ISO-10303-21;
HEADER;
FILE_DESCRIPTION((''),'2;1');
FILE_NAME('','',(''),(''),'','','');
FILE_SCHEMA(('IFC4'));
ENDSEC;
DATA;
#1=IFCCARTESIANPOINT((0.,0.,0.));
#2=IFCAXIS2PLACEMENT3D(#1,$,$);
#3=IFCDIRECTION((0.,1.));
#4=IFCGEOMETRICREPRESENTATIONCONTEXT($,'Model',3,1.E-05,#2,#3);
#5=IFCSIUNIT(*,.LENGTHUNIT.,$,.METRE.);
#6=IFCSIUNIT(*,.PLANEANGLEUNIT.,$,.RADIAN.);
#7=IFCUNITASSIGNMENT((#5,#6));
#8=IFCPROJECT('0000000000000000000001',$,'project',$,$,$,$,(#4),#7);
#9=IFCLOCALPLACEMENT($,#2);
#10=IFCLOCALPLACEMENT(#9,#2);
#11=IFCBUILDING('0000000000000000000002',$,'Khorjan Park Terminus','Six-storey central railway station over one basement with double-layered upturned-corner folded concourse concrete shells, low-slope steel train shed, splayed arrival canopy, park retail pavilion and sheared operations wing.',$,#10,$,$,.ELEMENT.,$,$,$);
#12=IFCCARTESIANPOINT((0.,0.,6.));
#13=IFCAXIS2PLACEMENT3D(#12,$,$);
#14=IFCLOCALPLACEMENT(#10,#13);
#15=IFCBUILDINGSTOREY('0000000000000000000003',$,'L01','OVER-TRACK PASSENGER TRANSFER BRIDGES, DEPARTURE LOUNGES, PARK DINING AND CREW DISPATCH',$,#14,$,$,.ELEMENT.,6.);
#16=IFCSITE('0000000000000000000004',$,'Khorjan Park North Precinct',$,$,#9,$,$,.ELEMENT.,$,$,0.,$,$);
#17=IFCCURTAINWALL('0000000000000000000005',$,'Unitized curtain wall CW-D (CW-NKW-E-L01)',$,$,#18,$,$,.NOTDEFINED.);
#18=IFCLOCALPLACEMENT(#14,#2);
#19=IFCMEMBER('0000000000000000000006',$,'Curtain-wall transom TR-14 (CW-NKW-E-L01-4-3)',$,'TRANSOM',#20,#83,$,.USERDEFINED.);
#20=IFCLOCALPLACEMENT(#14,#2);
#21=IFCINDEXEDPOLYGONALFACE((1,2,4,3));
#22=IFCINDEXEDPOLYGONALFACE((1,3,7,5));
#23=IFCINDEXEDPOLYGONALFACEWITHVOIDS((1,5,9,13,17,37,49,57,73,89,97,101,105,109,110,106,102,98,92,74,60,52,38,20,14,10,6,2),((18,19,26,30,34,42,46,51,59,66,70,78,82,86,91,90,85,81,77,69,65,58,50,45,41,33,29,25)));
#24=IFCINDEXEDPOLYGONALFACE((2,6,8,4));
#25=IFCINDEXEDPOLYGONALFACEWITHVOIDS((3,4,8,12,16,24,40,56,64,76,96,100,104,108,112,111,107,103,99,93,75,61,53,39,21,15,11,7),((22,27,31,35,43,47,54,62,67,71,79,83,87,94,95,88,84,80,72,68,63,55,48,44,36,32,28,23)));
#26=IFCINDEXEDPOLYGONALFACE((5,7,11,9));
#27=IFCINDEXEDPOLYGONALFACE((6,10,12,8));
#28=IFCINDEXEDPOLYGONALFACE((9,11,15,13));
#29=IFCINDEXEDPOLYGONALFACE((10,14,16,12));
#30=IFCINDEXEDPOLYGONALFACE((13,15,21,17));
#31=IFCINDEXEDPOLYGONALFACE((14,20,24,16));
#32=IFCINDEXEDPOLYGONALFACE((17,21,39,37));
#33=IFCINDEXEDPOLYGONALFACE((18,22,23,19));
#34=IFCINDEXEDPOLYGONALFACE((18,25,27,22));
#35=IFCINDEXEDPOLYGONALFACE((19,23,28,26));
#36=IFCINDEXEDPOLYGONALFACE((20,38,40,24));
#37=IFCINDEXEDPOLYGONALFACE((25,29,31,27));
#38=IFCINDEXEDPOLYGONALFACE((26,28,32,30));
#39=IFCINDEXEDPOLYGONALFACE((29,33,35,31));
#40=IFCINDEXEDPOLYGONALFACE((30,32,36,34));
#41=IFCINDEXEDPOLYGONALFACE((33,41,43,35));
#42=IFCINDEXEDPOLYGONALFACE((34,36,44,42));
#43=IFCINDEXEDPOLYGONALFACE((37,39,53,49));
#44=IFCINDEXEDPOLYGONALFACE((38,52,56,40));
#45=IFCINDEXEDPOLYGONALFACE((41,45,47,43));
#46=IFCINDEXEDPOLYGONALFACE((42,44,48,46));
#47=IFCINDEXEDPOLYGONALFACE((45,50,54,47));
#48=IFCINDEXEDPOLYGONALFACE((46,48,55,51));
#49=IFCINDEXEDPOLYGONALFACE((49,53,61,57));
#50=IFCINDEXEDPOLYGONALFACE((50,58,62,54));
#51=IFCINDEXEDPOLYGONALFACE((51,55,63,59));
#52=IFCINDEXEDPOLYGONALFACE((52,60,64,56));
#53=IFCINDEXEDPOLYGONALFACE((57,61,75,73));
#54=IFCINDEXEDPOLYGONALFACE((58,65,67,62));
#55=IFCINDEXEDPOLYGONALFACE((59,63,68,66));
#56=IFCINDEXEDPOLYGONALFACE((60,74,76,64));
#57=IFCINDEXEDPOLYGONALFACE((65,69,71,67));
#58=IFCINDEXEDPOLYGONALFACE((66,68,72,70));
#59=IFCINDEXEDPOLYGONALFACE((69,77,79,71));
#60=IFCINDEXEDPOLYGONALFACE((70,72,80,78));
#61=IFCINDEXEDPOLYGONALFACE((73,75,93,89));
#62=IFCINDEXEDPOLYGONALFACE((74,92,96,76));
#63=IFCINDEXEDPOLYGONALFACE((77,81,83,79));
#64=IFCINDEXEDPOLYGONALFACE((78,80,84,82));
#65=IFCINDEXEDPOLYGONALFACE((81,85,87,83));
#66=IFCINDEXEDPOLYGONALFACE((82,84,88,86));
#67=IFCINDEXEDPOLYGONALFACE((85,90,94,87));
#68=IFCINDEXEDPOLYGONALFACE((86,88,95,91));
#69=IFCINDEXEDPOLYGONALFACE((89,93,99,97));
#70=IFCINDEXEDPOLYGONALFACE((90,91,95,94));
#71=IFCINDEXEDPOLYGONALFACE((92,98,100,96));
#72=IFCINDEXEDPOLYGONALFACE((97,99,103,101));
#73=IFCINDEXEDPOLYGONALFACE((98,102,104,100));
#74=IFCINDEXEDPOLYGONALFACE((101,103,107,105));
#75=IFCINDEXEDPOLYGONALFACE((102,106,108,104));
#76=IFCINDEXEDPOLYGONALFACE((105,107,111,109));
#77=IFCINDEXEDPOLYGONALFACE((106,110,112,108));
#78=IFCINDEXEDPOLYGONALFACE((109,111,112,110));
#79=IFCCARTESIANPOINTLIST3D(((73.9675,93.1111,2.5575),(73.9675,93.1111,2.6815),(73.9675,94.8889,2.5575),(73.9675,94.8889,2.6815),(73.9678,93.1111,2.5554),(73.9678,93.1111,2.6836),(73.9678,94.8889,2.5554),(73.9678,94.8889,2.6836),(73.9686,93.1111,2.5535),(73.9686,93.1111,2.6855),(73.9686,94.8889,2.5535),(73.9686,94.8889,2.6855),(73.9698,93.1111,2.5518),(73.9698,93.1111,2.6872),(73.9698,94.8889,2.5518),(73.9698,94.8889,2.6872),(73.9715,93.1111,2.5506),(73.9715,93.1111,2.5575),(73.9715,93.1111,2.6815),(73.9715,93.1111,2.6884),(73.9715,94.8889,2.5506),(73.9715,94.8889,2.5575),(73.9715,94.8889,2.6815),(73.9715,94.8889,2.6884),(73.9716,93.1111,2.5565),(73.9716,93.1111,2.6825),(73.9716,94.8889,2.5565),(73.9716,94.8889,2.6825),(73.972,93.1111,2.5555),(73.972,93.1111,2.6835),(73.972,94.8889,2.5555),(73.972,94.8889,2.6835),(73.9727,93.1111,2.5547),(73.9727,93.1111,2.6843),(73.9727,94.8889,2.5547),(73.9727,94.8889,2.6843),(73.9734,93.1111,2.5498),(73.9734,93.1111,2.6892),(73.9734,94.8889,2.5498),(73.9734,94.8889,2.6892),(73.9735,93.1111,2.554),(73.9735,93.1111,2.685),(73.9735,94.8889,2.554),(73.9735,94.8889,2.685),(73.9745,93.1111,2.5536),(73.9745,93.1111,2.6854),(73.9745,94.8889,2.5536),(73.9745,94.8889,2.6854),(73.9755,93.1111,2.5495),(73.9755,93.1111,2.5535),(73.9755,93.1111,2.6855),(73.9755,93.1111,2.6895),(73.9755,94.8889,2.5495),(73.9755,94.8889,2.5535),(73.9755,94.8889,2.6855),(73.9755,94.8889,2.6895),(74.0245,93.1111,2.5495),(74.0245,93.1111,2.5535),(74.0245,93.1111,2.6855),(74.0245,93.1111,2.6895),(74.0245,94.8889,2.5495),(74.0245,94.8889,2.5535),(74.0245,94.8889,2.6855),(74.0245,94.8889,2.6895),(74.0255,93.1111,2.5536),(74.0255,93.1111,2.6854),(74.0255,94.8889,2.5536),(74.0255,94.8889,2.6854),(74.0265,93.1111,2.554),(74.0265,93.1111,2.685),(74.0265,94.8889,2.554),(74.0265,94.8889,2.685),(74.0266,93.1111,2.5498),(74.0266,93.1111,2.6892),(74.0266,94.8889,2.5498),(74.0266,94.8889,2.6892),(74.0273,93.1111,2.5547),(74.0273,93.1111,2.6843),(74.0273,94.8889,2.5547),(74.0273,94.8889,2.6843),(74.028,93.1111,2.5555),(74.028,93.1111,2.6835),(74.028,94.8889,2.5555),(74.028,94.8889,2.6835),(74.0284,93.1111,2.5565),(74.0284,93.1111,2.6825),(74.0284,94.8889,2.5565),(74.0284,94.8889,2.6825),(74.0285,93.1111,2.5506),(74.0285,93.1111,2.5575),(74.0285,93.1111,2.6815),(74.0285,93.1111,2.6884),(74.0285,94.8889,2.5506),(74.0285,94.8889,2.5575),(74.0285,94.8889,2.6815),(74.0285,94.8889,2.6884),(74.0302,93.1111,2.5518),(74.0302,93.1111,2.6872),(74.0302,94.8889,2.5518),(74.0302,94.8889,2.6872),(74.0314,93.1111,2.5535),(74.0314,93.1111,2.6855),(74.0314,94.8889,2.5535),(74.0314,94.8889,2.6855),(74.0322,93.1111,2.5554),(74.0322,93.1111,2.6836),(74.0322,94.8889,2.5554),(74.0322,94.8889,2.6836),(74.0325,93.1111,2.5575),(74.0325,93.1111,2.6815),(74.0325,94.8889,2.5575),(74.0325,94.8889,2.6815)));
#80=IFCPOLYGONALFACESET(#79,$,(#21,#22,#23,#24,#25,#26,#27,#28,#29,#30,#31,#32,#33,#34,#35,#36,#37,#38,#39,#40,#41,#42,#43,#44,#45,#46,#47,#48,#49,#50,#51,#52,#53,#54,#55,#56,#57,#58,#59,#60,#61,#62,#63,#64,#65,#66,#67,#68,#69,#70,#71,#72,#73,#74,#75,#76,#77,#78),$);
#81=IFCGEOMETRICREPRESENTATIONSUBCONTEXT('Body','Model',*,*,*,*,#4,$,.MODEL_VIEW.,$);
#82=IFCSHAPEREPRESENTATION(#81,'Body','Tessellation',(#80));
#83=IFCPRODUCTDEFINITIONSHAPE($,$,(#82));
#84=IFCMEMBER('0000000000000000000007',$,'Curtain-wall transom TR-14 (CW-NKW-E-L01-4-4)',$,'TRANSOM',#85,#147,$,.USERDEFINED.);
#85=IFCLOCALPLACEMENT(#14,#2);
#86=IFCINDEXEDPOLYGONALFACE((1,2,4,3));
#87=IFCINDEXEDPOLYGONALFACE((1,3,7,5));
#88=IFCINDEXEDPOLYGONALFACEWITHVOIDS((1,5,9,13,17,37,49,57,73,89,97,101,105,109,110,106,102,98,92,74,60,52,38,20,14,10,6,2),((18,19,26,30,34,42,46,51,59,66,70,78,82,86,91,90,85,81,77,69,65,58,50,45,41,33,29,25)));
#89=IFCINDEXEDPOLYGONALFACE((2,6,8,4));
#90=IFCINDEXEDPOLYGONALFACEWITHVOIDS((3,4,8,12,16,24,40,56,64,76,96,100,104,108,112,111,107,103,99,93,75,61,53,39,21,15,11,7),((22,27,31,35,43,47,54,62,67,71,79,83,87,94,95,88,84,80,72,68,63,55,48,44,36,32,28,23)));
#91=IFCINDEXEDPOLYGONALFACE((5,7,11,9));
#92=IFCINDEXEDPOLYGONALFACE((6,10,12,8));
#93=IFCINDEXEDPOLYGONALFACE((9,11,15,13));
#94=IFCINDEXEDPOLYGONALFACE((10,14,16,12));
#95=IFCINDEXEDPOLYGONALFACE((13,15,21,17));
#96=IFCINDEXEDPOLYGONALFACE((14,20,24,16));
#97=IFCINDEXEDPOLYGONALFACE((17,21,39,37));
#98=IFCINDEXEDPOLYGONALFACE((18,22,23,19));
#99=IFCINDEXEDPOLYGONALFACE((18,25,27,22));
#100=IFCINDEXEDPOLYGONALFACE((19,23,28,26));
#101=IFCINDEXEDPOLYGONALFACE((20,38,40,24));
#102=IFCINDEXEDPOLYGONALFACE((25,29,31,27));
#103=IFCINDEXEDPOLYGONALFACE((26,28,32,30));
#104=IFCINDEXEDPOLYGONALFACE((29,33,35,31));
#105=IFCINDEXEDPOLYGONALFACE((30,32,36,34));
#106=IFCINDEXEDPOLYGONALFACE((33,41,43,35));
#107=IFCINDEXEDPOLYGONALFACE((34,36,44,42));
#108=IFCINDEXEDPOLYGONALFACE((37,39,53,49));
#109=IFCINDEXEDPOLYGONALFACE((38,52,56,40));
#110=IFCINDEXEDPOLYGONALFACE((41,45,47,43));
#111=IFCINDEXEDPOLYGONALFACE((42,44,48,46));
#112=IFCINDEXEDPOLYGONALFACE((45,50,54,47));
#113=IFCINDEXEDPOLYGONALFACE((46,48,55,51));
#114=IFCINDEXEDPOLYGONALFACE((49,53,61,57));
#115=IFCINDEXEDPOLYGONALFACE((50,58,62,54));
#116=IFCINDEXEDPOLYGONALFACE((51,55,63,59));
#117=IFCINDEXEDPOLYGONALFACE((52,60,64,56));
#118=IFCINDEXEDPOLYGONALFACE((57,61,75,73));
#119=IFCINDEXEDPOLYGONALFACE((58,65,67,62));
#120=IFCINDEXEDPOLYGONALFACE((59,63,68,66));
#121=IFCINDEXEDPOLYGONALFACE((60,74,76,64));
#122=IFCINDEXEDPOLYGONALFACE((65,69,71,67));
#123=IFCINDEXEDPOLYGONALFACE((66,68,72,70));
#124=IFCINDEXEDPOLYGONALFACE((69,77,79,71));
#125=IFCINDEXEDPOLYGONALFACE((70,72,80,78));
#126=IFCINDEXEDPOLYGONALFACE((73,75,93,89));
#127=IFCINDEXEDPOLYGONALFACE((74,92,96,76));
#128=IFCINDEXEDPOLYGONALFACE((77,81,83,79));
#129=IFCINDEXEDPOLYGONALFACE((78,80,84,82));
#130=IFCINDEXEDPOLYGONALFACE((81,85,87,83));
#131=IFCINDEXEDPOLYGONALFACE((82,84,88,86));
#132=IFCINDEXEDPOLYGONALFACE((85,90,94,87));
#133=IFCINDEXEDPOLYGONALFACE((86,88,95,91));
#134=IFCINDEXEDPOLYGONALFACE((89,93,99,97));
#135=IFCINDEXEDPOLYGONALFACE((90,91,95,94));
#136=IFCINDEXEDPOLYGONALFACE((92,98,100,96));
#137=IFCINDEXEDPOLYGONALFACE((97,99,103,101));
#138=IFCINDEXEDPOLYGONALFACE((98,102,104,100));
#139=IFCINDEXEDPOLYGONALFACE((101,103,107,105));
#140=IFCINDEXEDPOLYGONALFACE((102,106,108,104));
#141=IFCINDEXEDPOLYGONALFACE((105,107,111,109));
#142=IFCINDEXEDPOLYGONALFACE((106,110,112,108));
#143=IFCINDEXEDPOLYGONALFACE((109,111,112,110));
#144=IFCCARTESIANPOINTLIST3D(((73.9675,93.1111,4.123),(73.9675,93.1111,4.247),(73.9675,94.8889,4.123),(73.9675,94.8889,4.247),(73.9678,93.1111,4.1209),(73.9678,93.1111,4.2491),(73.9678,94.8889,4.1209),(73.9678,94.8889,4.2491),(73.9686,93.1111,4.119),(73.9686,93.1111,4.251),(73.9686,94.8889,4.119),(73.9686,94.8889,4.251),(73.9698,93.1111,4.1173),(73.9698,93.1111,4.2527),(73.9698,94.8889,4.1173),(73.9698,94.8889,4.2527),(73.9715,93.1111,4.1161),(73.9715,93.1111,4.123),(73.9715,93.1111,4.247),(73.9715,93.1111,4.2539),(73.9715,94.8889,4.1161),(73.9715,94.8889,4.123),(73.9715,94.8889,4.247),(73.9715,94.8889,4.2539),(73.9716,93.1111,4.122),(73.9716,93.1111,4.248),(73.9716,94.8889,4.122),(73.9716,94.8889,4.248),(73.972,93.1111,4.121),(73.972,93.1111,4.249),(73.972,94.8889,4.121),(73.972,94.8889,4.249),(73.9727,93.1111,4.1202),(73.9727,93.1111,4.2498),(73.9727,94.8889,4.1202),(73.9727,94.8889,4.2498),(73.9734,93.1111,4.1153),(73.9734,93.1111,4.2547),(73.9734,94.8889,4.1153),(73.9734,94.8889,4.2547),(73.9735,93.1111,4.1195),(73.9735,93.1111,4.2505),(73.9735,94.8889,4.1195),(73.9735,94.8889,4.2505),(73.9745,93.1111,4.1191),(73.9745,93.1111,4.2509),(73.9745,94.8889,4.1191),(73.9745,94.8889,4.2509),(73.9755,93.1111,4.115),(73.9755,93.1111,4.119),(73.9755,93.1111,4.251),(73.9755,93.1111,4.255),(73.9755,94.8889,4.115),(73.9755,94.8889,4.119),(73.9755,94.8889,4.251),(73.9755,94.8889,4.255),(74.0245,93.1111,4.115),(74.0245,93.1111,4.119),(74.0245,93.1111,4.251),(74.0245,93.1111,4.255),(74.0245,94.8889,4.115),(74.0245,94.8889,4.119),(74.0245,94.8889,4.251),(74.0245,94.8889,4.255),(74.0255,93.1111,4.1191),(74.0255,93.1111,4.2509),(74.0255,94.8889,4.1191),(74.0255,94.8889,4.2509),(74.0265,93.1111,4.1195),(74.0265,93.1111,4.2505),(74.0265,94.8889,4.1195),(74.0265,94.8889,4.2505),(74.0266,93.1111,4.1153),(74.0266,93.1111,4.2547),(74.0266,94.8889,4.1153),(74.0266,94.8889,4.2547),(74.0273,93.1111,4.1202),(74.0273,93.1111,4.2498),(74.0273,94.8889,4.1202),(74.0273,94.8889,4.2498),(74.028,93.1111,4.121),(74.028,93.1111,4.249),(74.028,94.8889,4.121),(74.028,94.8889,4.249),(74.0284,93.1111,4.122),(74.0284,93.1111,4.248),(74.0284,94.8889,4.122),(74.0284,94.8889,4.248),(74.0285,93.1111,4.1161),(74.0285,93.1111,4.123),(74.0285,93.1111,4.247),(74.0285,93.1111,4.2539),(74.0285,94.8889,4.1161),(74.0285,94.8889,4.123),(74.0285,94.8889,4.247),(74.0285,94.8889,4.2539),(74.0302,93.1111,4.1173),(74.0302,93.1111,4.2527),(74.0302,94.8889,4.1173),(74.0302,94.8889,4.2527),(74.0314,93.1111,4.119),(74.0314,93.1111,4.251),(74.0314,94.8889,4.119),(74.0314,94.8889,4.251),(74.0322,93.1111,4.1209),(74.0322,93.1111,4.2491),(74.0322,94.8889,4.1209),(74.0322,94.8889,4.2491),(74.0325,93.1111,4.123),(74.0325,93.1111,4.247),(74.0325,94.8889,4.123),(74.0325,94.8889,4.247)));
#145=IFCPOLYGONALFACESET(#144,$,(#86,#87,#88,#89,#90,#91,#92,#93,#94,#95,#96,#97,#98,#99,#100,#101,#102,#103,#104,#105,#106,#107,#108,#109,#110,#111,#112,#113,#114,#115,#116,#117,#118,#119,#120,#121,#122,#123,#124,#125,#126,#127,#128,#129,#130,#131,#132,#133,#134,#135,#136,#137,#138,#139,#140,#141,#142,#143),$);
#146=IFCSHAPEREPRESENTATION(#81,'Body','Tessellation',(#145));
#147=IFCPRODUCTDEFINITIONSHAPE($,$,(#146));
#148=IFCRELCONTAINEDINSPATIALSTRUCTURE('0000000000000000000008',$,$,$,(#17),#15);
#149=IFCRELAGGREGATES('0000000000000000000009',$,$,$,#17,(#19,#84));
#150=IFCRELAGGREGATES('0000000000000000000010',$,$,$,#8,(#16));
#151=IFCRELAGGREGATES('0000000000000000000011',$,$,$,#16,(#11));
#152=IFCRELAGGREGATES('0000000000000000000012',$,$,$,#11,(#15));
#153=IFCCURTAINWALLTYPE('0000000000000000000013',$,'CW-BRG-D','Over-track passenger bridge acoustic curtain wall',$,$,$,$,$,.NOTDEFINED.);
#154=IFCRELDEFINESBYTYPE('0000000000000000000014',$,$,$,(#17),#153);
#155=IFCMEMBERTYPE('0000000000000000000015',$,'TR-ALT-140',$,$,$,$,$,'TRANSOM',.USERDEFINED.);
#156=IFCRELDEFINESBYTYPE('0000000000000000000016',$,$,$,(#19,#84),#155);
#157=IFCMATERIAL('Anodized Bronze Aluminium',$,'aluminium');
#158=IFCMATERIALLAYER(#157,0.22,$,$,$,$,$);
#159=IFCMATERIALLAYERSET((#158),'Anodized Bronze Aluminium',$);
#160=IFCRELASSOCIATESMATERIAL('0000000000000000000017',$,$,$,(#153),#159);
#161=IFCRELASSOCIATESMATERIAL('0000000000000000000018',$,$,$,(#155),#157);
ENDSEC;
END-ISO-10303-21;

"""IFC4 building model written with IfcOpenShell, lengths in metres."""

from ifc_helpers import new_model, si_unit, direction, frame, origin, origin_2d, place, context, subcontext, project, spatial, hollow_rectangle, extrude, material, layer, layer_set, material_profile, profile_set, type_object, element, aggregate, save


model = new_model("IFC4")

# Units and contexts
model_context = context("Model", 3, precision=1e-05, world=origin(), true_north=direction((0.0, 1.0)))
body_context = subcontext(model_context, "Body", "Model", "MODEL_VIEW")
ifc_project = project(units=[si_unit("LENGTHUNIT", "METRE"), si_unit("PLANEANGLEUNIT", "RADIAN")], contexts=[model_context])

# Site, building, storey
site_placement = place(None, origin())
site = spatial("IfcSite", under=ifc_project, at=site_placement, Name="Khorjan Park North Precinct", CompositionType="ELEMENT", RefElevation=0.0)
building_placement = place(site_placement, origin())
building = spatial("IfcBuilding", under=site, at=building_placement, Name="Khorjan Park Terminus", Description="Six-storey central railway station over one basement with double-layered upturned-corner folded concourse concrete shells, low-slope steel train shed, splayed arrival canopy, park retail pavilion and sheared operations wing.", CompositionType="ELEMENT")
storey_placement = place(building_placement, frame((0.0, 0.0, 6.0)))
storey = spatial("IfcBuildingStorey", under=building, at=storey_placement, Name="L01", Description="OVER-TRACK PASSENGER TRANSFER BRIDGES, DEPARTURE LOUNGES, PARK DINING AND CREW DISPATCH", CompositionType="ELEMENT", Elevation=6.0)

# Curtain wall, members
ifc_material_1 = material(Name="Anodized Bronze Aluminium", Category="aluminium")
ifc_layer_1 = layer(ifc_material_1, 0.22)
ifc_layer_set_1 = layer_set([ifc_layer_1], Name="Anodized Bronze Aluminium")
curtain_wall_type = type_object("IfcCurtainWallType", Name="CW-BRG-D", Description="Over-track passenger bridge acoustic curtain wall", PredefinedType="NOTDEFINED", material=ifc_layer_set_1)
curtain_wall_placement = place(storey_placement, origin())
curtain_wall = element("IfcCurtainWall", 1, at=curtain_wall_placement, inside=storey, type_object=curtain_wall_type, Name="Unitized curtain wall CW-D (CW-NKW-E-L01)", PredefinedType="NOTDEFINED")
ifc_material_profile_1 = material_profile(ifc_material_1, hollow_rectangle(XDim=0.065, YDim=0.14, WallThickness=0.004, InnerFilletRadius=0.004, OuterFilletRadius=0.008, at=origin_2d()), Name="ALT 65x140x4")
ifc_profile_set_1 = profile_set([ifc_material_profile_1], Name="Anodized Bronze Aluminium")
member_type_1 = type_object("IfcMemberType", Name="TR-ALT-140", ElementType="TRANSOM", PredefinedType="USERDEFINED", material=ifc_profile_set_1)
member_1_placement = place(storey_placement, frame((74.0, 93.1111, 2.6195), z_axis=(0.0, 1.0, 0.0), x_axis=(-1.0, 0.0, 0.0)))
member_1 = element("IfcMember", 2, at=member_1_placement, type_object=member_type_1, Name="Curtain-wall transom TR-14 (CW-NKW-E-L01-4-3)", ObjectType="TRANSOM", PredefinedType="USERDEFINED", context=body_context, shape_type="SweptSolid", body=[
    extrude(hollow_rectangle(XDim=0.065, YDim=0.14, WallThickness=0.004, InnerFilletRadius=0.004, OuterFilletRadius=0.008, at=origin_2d()), origin(), (0.0, 0.0, 1.0), 1.7778),
])
member_2_placement = place(storey_placement, frame((74.0, 93.1111, 4.185), z_axis=(0.0, 1.0, 0.0), x_axis=(-1.0, 0.0, 0.0)))
member_2 = element("IfcMember", 3, at=member_2_placement, type_object=member_type_1, Name="Curtain-wall transom TR-14 (CW-NKW-E-L01-4-4)", ObjectType="TRANSOM", PredefinedType="USERDEFINED", context=body_context, shape_type="SweptSolid", body=[
    extrude(hollow_rectangle(XDim=0.065, YDim=0.14, WallThickness=0.004, InnerFilletRadius=0.004, OuterFilletRadius=0.008, at=origin_2d()), origin(), (0.0, 0.0, 1.0), 1.7778),
])
aggregate(curtain_wall, [member_1, member_2])

save(model, "model.ifc")
